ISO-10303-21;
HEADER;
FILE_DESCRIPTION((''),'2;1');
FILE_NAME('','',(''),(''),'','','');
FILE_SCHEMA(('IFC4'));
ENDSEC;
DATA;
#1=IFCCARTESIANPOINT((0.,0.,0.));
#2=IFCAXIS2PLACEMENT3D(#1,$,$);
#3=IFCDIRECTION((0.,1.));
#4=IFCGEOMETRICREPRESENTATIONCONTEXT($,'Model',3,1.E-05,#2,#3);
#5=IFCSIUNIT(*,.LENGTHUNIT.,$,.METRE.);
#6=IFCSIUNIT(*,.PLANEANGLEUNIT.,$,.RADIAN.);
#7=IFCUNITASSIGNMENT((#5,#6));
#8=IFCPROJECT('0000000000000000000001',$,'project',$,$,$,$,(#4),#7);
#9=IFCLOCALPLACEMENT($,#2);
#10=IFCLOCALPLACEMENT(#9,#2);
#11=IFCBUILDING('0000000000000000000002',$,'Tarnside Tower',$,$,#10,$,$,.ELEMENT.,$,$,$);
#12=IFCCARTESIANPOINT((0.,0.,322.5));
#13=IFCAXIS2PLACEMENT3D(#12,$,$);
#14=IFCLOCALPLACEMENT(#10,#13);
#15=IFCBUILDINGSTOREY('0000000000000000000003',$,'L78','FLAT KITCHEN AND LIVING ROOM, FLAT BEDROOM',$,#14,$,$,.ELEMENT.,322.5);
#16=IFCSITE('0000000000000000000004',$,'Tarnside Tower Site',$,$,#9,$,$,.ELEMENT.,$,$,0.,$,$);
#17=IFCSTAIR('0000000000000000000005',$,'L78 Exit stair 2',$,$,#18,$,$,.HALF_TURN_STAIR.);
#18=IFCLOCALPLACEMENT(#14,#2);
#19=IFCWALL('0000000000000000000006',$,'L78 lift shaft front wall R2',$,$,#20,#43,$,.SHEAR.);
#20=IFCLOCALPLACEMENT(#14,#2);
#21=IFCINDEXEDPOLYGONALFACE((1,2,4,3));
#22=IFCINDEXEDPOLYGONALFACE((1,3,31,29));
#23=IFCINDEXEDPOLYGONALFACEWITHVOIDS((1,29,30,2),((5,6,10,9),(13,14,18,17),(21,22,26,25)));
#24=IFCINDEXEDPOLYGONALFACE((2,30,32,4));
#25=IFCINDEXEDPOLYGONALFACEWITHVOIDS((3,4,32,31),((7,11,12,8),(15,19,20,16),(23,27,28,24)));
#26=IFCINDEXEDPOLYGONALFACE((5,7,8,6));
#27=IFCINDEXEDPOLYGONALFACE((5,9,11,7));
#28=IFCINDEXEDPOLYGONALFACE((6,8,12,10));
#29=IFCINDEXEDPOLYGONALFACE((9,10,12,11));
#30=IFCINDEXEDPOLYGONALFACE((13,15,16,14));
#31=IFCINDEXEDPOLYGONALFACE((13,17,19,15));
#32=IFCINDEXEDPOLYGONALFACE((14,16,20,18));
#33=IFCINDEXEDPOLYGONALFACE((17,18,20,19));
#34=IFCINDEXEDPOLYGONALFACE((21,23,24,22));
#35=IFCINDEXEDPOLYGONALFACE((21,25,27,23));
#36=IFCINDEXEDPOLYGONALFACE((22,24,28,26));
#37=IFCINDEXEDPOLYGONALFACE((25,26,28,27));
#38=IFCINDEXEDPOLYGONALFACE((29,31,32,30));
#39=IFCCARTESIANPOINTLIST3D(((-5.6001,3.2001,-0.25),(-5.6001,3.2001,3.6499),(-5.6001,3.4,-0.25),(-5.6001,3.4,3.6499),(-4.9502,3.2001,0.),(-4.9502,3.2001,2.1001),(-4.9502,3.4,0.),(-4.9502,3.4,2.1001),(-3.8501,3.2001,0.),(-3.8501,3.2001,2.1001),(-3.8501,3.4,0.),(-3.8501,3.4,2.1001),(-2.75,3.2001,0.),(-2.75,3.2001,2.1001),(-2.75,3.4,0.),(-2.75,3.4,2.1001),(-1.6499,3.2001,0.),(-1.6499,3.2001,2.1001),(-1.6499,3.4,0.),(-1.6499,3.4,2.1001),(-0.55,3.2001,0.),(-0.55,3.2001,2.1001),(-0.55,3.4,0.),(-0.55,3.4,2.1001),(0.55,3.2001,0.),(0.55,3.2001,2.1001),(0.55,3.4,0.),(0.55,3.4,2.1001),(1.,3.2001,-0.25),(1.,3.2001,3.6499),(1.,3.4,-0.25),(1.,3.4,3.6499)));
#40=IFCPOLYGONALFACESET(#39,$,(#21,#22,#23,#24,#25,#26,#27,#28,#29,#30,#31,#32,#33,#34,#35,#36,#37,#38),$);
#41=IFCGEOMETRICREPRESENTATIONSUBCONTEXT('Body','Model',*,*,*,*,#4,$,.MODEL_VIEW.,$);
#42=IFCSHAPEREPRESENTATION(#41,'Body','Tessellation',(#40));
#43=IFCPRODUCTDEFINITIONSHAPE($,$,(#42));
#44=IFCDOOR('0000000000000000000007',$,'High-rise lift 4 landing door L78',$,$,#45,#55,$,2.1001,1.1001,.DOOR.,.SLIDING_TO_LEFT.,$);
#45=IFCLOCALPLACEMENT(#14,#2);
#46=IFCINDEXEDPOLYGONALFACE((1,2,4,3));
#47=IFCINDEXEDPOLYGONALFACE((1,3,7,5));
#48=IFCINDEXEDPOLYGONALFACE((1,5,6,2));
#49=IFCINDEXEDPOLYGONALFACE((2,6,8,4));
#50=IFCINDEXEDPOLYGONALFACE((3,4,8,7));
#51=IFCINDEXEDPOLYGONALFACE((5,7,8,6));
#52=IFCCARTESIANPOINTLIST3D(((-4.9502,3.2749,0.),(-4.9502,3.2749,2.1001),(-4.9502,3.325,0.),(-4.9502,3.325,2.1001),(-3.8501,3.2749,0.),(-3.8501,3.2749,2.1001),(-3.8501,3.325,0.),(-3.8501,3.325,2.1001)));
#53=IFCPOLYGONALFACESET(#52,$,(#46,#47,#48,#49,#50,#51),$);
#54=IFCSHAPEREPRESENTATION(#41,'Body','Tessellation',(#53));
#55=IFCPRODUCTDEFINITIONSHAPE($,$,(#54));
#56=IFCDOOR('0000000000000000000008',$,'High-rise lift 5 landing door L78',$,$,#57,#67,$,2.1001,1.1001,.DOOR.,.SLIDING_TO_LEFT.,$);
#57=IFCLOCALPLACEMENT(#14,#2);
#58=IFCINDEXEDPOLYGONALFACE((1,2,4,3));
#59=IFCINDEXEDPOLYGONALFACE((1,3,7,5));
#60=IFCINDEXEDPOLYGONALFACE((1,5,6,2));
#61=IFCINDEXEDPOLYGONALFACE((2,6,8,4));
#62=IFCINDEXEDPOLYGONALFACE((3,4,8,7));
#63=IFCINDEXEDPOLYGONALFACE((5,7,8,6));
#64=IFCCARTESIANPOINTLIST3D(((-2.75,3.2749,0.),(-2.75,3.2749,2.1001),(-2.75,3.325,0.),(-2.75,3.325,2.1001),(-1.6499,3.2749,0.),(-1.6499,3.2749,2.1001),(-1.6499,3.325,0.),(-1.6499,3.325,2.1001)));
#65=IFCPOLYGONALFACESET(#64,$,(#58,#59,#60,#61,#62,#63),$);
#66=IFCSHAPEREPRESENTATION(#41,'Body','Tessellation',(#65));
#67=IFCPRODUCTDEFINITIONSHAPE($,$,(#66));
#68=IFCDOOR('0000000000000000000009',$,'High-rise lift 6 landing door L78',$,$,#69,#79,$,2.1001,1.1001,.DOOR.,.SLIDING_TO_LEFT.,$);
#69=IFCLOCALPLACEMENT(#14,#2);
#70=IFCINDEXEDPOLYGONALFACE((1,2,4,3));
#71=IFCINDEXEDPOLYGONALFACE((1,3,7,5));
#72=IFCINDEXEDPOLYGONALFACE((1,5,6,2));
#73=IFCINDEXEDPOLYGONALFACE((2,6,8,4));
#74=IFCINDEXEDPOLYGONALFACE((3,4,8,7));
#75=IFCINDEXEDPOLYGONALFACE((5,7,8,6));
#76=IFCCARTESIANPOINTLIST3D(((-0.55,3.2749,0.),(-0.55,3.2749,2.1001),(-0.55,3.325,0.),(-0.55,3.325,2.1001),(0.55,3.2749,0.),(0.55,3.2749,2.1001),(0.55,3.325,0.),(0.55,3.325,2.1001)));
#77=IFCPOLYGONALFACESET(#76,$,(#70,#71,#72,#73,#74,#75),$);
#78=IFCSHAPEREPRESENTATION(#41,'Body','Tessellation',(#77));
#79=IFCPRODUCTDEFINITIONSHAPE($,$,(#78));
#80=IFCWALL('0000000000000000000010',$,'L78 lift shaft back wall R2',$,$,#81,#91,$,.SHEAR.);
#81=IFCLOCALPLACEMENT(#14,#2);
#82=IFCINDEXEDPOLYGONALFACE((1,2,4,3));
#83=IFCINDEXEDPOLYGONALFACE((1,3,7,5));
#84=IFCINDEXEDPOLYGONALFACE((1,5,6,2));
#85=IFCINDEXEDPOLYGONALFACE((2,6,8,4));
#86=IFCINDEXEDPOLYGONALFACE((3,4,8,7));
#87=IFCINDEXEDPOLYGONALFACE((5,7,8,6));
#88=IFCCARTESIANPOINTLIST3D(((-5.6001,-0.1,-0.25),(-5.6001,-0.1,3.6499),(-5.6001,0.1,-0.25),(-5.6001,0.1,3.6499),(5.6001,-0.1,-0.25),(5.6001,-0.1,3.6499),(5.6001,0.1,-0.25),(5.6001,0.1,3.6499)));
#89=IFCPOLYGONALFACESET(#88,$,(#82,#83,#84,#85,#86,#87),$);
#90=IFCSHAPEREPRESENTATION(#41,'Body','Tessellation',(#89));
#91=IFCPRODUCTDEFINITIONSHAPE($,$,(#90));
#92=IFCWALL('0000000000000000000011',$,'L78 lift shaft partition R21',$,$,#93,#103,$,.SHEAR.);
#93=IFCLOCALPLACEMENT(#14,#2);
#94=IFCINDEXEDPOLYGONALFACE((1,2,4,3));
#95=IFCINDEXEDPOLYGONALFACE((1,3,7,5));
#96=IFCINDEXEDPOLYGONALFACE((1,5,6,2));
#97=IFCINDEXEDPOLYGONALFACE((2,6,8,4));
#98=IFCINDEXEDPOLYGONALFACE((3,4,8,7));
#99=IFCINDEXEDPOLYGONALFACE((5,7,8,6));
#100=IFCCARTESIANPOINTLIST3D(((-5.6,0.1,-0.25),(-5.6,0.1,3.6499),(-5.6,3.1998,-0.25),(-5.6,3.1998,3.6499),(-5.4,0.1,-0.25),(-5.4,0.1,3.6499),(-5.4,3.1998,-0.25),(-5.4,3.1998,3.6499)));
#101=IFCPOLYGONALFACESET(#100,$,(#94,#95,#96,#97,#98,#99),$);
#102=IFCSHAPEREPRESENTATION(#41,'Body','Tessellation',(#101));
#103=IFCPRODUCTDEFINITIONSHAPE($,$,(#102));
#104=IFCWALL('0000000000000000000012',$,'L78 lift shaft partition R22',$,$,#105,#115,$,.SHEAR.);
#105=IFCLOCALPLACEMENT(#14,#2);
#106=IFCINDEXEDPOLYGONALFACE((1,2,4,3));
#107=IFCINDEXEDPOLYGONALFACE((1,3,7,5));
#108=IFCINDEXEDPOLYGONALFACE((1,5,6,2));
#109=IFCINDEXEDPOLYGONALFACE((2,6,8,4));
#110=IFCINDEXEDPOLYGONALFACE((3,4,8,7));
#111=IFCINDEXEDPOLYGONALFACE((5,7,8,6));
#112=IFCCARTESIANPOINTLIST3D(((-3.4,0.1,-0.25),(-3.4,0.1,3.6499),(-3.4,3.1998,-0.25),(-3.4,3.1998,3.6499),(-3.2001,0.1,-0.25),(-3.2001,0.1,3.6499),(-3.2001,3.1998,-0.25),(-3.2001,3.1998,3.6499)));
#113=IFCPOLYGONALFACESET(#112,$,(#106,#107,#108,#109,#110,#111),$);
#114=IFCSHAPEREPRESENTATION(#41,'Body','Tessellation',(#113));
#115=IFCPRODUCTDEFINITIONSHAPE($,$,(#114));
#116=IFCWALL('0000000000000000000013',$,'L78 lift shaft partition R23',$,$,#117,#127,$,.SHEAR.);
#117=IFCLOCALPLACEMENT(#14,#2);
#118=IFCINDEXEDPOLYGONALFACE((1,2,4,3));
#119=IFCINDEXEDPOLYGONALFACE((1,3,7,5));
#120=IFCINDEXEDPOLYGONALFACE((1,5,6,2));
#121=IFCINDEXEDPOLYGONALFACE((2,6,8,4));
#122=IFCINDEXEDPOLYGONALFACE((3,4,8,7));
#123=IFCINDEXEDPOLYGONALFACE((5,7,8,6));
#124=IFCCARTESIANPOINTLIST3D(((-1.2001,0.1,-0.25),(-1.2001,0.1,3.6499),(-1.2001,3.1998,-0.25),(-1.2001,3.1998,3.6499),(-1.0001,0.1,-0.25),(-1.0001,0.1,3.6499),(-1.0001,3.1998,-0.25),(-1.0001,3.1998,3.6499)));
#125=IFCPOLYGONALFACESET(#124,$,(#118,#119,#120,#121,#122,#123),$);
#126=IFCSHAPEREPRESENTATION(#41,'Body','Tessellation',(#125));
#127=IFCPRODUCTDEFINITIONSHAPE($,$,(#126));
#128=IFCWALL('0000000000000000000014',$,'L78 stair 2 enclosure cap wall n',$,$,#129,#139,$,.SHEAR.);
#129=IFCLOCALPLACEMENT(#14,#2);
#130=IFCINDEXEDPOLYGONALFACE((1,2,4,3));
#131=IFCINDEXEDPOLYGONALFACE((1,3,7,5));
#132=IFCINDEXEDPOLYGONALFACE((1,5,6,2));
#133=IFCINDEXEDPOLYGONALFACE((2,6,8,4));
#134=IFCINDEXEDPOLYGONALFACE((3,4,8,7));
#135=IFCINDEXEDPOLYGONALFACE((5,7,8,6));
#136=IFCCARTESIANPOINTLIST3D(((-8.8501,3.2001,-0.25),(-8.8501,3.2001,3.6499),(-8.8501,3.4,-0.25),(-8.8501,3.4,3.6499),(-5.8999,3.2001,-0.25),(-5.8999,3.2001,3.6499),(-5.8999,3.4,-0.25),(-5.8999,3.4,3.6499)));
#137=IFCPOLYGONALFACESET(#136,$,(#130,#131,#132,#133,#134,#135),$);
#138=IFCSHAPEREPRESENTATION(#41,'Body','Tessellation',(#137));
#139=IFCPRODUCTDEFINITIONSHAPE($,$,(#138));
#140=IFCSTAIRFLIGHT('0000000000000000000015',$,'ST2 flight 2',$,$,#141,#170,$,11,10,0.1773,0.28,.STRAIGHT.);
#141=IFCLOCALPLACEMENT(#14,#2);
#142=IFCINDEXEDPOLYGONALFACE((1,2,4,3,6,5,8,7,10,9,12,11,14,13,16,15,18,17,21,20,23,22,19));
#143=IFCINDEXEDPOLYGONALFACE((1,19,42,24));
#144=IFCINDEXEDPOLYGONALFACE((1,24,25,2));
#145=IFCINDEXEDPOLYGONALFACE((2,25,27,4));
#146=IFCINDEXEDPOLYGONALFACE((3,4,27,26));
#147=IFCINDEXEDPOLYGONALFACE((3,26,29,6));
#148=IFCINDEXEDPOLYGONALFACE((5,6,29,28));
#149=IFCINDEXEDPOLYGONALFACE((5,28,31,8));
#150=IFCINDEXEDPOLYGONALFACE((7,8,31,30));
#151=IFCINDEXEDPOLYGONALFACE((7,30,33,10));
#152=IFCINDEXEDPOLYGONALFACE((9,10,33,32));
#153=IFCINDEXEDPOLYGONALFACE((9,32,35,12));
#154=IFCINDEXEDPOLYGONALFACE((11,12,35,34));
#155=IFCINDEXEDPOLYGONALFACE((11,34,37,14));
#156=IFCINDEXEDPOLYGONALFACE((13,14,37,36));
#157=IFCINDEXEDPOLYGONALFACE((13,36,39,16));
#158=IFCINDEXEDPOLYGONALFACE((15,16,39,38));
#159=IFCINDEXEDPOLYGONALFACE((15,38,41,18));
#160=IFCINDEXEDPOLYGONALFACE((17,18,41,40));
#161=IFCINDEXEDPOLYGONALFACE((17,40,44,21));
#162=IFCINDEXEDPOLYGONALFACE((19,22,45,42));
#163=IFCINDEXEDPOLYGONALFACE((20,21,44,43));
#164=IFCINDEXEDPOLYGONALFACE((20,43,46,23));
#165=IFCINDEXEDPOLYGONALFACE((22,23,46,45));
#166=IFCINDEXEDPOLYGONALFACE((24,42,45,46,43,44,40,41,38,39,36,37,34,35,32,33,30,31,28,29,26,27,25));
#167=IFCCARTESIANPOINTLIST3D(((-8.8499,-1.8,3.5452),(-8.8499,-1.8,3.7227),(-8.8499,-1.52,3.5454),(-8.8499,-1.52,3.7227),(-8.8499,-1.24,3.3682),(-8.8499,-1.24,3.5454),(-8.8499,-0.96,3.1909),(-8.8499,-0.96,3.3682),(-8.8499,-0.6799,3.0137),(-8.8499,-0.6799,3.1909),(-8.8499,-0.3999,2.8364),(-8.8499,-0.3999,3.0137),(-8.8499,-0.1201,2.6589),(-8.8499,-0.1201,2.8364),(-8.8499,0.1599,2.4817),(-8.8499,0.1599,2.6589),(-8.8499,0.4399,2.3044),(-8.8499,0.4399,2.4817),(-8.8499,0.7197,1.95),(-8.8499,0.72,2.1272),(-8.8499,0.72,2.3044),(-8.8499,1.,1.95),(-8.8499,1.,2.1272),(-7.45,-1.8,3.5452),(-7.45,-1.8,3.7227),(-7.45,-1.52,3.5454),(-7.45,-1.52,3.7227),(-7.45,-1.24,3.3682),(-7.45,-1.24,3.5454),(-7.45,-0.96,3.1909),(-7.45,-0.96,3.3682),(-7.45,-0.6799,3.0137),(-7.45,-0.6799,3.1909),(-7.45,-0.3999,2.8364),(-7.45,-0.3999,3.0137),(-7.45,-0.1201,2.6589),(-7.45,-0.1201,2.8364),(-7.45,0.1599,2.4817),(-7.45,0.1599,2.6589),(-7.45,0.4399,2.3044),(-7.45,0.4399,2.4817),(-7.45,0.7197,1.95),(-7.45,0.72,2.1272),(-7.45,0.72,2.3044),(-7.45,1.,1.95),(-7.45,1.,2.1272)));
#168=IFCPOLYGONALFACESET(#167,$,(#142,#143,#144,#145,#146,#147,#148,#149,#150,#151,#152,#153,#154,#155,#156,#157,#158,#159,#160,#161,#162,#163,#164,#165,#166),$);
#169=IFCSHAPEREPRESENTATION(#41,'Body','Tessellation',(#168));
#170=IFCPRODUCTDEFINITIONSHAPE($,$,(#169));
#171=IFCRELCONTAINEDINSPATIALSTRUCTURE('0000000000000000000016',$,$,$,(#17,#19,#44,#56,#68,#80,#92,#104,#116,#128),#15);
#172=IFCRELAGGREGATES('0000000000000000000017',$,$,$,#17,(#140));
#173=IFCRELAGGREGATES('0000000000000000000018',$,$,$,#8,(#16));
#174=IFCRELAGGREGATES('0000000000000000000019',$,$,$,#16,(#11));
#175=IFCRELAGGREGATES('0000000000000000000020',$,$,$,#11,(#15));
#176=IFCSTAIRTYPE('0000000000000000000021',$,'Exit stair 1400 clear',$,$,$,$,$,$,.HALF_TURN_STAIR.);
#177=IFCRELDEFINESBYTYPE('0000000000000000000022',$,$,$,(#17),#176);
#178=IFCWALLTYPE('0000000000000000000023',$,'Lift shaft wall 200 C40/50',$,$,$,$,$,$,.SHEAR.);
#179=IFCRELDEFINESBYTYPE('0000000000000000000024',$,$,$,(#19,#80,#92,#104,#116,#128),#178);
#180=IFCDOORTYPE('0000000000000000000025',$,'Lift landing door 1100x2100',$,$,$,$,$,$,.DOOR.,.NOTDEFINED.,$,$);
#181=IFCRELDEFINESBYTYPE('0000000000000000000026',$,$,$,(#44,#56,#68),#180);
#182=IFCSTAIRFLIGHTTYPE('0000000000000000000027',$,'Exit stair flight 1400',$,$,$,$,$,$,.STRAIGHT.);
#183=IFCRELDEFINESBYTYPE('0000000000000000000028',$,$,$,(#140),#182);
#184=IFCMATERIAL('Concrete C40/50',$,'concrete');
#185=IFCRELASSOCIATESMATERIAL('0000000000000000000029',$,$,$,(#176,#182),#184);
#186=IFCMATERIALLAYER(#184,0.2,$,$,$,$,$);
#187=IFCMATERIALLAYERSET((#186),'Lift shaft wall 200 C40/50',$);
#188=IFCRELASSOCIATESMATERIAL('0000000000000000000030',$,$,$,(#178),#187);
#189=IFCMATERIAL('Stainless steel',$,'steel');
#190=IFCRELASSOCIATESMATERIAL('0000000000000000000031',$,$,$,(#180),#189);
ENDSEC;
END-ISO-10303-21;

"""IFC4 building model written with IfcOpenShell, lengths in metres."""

from ifc_helpers import new_model, si_unit, direction, frame, frame_2d, origin, place, context, subcontext, project, spatial, polyline, rectangle, outline, extrude, material, layer, layer_set, type_object, element, fill, aggregate, save


model = new_model("IFC4")

# Units and contexts
model_context = context("Model", 3, precision=1e-05, world=origin(), true_north=direction((0.0, 1.0)))
body_context = subcontext(model_context, "Body", "Model", "MODEL_VIEW")
ifc_project = project(units=[si_unit("LENGTHUNIT", "METRE"), si_unit("PLANEANGLEUNIT", "RADIAN")], contexts=[model_context])

# Site, building, storey
site_placement = place(None, origin())
site = spatial("IfcSite", under=ifc_project, at=site_placement, Name="Tarnside Tower Site", CompositionType="ELEMENT", RefElevation=0.0)
building_placement = place(site_placement, origin())
building = spatial("IfcBuilding", under=site, at=building_placement, Name="Tarnside Tower", CompositionType="ELEMENT")
storey_placement = place(building_placement, frame((0.0, 0.0, 322.5)))
storey = spatial("IfcBuildingStorey", under=building, at=storey_placement, Name="L78", Description="FLAT KITCHEN AND LIVING ROOM, FLAT BEDROOM", CompositionType="ELEMENT", Elevation=322.5)

# Shared definitions
ifc_material_1 = material(Name="Concrete C40/50", Category="concrete")

# Stair
stair_type = type_object("IfcStairType", Name="Exit stair 1400 clear", PredefinedType="HALF_TURN_STAIR", material=ifc_material_1)
stair_1_placement = place(storey_placement, origin())
stair_1 = element("IfcStair", 1, at=stair_1_placement, inside=storey, type_object=stair_type, Name="L78 Exit stair 2", PredefinedType="HALF_TURN_STAIR")

# Wall, openings, doors
ifc_layer_1 = layer(ifc_material_1, 0.2)
ifc_layer_set_1 = layer_set([ifc_layer_1], Name="Lift shaft wall 200 C40/50")
wall_type = type_object("IfcWallType", Name="Lift shaft wall 200 C40/50", PredefinedType="SHEAR", material=ifc_layer_set_1)
ifc_material_2 = material(Name="Stainless steel", Category="steel")
door_type_1 = type_object("IfcDoorType", Name="Lift landing door 1100x2100", OperationType="NOTDEFINED", PredefinedType="DOOR", material=ifc_material_2)
wall_1_placement = place(storey_placement, frame((-5.6001, 3.3, -0.25), z_axis=(0.0, 0.0, 1.0), x_axis=(1.0, 0.0, 0.0)))
wall_1 = element("IfcWall", 2, at=wall_1_placement, inside=storey, type_object=wall_type, Name="L78 lift shaft front wall R2", PredefinedType="SHEAR", context=body_context, shape_type="SweptSolid", body=[
    extrude(rectangle(XDim=6.6001, YDim=0.2, at=frame_2d((3.3, 0.0))), origin(), (0.0, 0.0, 1.0), 3.8999),
])
opening_1_placement = place(wall_1_placement, frame((0.6499, 0.0, 0.25)))
opening_1 = element("IfcOpeningElement", 3, at=opening_1_placement, cuts=wall_1, PredefinedType="OPENING", context=body_context, shape_type="SweptSolid", body=[
    extrude(rectangle(XDim=1.1001, YDim=2.1001, at=frame_2d((0.55, 1.05))), frame((0.0, 0.1099, 0.0), z_axis=(0.0, -1.0, 0.0), x_axis=(1.0, 0.0, 0.0)), (0.0, 0.0, 1.0), 0.22),
])
opening_2_placement = place(wall_1_placement, frame((2.8501, 0.0, 0.25)))
opening_2 = element("IfcOpeningElement", 4, at=opening_2_placement, cuts=wall_1, PredefinedType="OPENING", context=body_context, shape_type="SweptSolid", body=[
    extrude(rectangle(XDim=1.1001, YDim=2.1001, at=frame_2d((0.55, 1.05))), frame((0.0, 0.1099, 0.0), z_axis=(0.0, -1.0, 0.0), x_axis=(1.0, 0.0, 0.0)), (0.0, 0.0, 1.0), 0.22),
])
opening_3_placement = place(wall_1_placement, frame((5.05, 0.0, 0.25)))
opening_3 = element("IfcOpeningElement", 5, at=opening_3_placement, cuts=wall_1, PredefinedType="OPENING", context=body_context, shape_type="SweptSolid", body=[
    extrude(rectangle(XDim=1.1001, YDim=2.1001, at=frame_2d((0.55, 1.05))), frame((0.0, 0.1099, 0.0), z_axis=(0.0, -1.0, 0.0), x_axis=(1.0, 0.0, 0.0)), (0.0, 0.0, 1.0), 0.22),
])
door_1_placement = place(opening_1_placement, origin())
door_1 = element("IfcDoor", 6, at=door_1_placement, inside=storey, type_object=door_type_1, Name="High-rise lift 4 landing door L78", OperationType="SLIDING_TO_LEFT", OverallHeight=2.1001, OverallWidth=1.1001, PredefinedType="DOOR", context=body_context, shape_type="SweptSolid", body=[
    extrude(rectangle(XDim=1.1001, YDim=2.1001, at=frame_2d((0.55, 1.05))), frame((0.0, 0.0249, 0.0), z_axis=(0.0, -1.0, 0.0), x_axis=(1.0, 0.0, 0.0)), (0.0, 0.0, 1.0), 0.05),
])
fill(opening_1, door_1)
door_2_placement = place(opening_2_placement, origin())
door_2 = element("IfcDoor", 7, at=door_2_placement, inside=storey, type_object=door_type_1, Name="High-rise lift 5 landing door L78", OperationType="SLIDING_TO_LEFT", OverallHeight=2.1001, OverallWidth=1.1001, PredefinedType="DOOR", context=body_context, shape_type="SweptSolid", body=[
    extrude(rectangle(XDim=1.1001, YDim=2.1001, at=frame_2d((0.55, 1.05))), frame((0.0, 0.0249, 0.0), z_axis=(0.0, -1.0, 0.0), x_axis=(1.0, 0.0, 0.0)), (0.0, 0.0, 1.0), 0.05),
])
fill(opening_2, door_2)
door_3_placement = place(opening_3_placement, origin())
door_3 = element("IfcDoor", 8, at=door_3_placement, inside=storey, type_object=door_type_1, Name="High-rise lift 6 landing door L78", OperationType="SLIDING_TO_LEFT", OverallHeight=2.1001, OverallWidth=1.1001, PredefinedType="DOOR", context=body_context, shape_type="SweptSolid", body=[
    extrude(rectangle(XDim=1.1001, YDim=2.1001, at=frame_2d((0.55, 1.05))), frame((0.0, 0.0249, 0.0), z_axis=(0.0, -1.0, 0.0), x_axis=(1.0, 0.0, 0.0)), (0.0, 0.0, 1.0), 0.05),
])
fill(opening_3, door_3)

# Walls
wall_2_placement = place(storey_placement, frame((-5.6001, 0.0, -0.25), z_axis=(0.0, 0.0, 1.0), x_axis=(1.0, 0.0, 0.0)))
element("IfcWall", 9, at=wall_2_placement, inside=storey, type_object=wall_type, Name="L78 lift shaft back wall R2", PredefinedType="SHEAR", context=body_context, shape_type="SweptSolid", body=[
    extrude(rectangle(XDim=11.2002, YDim=0.2, at=frame_2d((5.6001, 0.0))), origin(), (0.0, 0.0, 1.0), 3.8999),
])
for number, where, z_axis, x_axis, name in (
    (10, (-5.5, 0.1001, -0.25), (0.0, 0.0, 1.0), (0.0, 1.0, 0.0), "L78 lift shaft partition R21"),
    (11, (-3.3, 0.1001, -0.25), (0.0, 0.0, 1.0), (0.0, 1.0, 0.0), "L78 lift shaft partition R22"),
    (12, (-1.1001, 0.1001, -0.25), (0.0, 0.0, 1.0), (0.0, 1.0, 0.0), "L78 lift shaft partition R23"),
):
    element("IfcWall", number, at=place(storey_placement, frame(where, z_axis=z_axis, x_axis=x_axis)), inside=storey, type_object=wall_type, Name=name, PredefinedType="SHEAR", context=body_context, shape_type="SweptSolid", body=[
        extrude(rectangle(XDim=3.0999, YDim=0.2, at=frame_2d((1.5498, 0.0))), origin(), (0.0, 0.0, 1.0), 3.8999),
    ])
wall_3_placement = place(storey_placement, frame((-8.8501, 3.3, -0.25), z_axis=(0.0, 0.0, 1.0), x_axis=(1.0, 0.0, 0.0)))
element("IfcWall", 13, at=wall_3_placement, inside=storey, type_object=wall_type, Name="L78 stair 2 enclosure cap wall n", PredefinedType="SHEAR", context=body_context, shape_type="SweptSolid", body=[
    extrude(rectangle(XDim=2.9502, YDim=0.2, at=frame_2d((1.4751, 0.0))), origin(), (0.0, 0.0, 1.0), 3.8999),
])

# Stair flight
stair_flight_type = type_object("IfcStairFlightType", Name="Exit stair flight 1400", PredefinedType="STRAIGHT", material=ifc_material_1)
stair_flight_placement = place(storey_placement, frame((-8.1499, 1.0, 1.95), z_axis=(0.0, 0.0, 1.0), x_axis=(0.0, -1.0, 0.0)))
stair_flight = element("IfcStairFlight", 14, at=stair_flight_placement, type_object=stair_flight_type, Name="ST2 flight 2", NumberOfRisers=11, NumberOfTreads=10, PredefinedType="STRAIGHT", RiserHeight=0.1773, TreadLength=0.28, context=body_context, shape_type="SweptSolid", body=[
    extrude(outline(polyline([(0.0, 0.0), (0.0, 0.1772), (0.28, 0.1772), (0.28, 0.3545), (0.5601, 0.3545), (0.5601, 0.5317), (0.8401, 0.5317), (0.8401, 0.709), (1.1201, 0.709), (1.1201, 0.8865), (1.3999, 0.8865), (1.3999, 1.0637), (1.6799, 1.0637), (1.6799, 1.241), (1.96, 1.241), (1.96, 1.4182), (2.24, 1.4182), (2.24, 1.5955), (2.52, 1.5955), (2.52, 1.7727), (2.8, 1.7727), (2.8, 1.95), (2.8, 1.5952), (0.2803, 0.0), (0.0, 0.0)])), frame((0.0, 0.7, 0.0), z_axis=(0.0, -1.0, 0.0), x_axis=(1.0, 0.0, 0.0)), (0.0, 0.0, 1.0), 1.3999),
])
aggregate(stair_1, [stair_flight])

save(model, "model.ifc")
